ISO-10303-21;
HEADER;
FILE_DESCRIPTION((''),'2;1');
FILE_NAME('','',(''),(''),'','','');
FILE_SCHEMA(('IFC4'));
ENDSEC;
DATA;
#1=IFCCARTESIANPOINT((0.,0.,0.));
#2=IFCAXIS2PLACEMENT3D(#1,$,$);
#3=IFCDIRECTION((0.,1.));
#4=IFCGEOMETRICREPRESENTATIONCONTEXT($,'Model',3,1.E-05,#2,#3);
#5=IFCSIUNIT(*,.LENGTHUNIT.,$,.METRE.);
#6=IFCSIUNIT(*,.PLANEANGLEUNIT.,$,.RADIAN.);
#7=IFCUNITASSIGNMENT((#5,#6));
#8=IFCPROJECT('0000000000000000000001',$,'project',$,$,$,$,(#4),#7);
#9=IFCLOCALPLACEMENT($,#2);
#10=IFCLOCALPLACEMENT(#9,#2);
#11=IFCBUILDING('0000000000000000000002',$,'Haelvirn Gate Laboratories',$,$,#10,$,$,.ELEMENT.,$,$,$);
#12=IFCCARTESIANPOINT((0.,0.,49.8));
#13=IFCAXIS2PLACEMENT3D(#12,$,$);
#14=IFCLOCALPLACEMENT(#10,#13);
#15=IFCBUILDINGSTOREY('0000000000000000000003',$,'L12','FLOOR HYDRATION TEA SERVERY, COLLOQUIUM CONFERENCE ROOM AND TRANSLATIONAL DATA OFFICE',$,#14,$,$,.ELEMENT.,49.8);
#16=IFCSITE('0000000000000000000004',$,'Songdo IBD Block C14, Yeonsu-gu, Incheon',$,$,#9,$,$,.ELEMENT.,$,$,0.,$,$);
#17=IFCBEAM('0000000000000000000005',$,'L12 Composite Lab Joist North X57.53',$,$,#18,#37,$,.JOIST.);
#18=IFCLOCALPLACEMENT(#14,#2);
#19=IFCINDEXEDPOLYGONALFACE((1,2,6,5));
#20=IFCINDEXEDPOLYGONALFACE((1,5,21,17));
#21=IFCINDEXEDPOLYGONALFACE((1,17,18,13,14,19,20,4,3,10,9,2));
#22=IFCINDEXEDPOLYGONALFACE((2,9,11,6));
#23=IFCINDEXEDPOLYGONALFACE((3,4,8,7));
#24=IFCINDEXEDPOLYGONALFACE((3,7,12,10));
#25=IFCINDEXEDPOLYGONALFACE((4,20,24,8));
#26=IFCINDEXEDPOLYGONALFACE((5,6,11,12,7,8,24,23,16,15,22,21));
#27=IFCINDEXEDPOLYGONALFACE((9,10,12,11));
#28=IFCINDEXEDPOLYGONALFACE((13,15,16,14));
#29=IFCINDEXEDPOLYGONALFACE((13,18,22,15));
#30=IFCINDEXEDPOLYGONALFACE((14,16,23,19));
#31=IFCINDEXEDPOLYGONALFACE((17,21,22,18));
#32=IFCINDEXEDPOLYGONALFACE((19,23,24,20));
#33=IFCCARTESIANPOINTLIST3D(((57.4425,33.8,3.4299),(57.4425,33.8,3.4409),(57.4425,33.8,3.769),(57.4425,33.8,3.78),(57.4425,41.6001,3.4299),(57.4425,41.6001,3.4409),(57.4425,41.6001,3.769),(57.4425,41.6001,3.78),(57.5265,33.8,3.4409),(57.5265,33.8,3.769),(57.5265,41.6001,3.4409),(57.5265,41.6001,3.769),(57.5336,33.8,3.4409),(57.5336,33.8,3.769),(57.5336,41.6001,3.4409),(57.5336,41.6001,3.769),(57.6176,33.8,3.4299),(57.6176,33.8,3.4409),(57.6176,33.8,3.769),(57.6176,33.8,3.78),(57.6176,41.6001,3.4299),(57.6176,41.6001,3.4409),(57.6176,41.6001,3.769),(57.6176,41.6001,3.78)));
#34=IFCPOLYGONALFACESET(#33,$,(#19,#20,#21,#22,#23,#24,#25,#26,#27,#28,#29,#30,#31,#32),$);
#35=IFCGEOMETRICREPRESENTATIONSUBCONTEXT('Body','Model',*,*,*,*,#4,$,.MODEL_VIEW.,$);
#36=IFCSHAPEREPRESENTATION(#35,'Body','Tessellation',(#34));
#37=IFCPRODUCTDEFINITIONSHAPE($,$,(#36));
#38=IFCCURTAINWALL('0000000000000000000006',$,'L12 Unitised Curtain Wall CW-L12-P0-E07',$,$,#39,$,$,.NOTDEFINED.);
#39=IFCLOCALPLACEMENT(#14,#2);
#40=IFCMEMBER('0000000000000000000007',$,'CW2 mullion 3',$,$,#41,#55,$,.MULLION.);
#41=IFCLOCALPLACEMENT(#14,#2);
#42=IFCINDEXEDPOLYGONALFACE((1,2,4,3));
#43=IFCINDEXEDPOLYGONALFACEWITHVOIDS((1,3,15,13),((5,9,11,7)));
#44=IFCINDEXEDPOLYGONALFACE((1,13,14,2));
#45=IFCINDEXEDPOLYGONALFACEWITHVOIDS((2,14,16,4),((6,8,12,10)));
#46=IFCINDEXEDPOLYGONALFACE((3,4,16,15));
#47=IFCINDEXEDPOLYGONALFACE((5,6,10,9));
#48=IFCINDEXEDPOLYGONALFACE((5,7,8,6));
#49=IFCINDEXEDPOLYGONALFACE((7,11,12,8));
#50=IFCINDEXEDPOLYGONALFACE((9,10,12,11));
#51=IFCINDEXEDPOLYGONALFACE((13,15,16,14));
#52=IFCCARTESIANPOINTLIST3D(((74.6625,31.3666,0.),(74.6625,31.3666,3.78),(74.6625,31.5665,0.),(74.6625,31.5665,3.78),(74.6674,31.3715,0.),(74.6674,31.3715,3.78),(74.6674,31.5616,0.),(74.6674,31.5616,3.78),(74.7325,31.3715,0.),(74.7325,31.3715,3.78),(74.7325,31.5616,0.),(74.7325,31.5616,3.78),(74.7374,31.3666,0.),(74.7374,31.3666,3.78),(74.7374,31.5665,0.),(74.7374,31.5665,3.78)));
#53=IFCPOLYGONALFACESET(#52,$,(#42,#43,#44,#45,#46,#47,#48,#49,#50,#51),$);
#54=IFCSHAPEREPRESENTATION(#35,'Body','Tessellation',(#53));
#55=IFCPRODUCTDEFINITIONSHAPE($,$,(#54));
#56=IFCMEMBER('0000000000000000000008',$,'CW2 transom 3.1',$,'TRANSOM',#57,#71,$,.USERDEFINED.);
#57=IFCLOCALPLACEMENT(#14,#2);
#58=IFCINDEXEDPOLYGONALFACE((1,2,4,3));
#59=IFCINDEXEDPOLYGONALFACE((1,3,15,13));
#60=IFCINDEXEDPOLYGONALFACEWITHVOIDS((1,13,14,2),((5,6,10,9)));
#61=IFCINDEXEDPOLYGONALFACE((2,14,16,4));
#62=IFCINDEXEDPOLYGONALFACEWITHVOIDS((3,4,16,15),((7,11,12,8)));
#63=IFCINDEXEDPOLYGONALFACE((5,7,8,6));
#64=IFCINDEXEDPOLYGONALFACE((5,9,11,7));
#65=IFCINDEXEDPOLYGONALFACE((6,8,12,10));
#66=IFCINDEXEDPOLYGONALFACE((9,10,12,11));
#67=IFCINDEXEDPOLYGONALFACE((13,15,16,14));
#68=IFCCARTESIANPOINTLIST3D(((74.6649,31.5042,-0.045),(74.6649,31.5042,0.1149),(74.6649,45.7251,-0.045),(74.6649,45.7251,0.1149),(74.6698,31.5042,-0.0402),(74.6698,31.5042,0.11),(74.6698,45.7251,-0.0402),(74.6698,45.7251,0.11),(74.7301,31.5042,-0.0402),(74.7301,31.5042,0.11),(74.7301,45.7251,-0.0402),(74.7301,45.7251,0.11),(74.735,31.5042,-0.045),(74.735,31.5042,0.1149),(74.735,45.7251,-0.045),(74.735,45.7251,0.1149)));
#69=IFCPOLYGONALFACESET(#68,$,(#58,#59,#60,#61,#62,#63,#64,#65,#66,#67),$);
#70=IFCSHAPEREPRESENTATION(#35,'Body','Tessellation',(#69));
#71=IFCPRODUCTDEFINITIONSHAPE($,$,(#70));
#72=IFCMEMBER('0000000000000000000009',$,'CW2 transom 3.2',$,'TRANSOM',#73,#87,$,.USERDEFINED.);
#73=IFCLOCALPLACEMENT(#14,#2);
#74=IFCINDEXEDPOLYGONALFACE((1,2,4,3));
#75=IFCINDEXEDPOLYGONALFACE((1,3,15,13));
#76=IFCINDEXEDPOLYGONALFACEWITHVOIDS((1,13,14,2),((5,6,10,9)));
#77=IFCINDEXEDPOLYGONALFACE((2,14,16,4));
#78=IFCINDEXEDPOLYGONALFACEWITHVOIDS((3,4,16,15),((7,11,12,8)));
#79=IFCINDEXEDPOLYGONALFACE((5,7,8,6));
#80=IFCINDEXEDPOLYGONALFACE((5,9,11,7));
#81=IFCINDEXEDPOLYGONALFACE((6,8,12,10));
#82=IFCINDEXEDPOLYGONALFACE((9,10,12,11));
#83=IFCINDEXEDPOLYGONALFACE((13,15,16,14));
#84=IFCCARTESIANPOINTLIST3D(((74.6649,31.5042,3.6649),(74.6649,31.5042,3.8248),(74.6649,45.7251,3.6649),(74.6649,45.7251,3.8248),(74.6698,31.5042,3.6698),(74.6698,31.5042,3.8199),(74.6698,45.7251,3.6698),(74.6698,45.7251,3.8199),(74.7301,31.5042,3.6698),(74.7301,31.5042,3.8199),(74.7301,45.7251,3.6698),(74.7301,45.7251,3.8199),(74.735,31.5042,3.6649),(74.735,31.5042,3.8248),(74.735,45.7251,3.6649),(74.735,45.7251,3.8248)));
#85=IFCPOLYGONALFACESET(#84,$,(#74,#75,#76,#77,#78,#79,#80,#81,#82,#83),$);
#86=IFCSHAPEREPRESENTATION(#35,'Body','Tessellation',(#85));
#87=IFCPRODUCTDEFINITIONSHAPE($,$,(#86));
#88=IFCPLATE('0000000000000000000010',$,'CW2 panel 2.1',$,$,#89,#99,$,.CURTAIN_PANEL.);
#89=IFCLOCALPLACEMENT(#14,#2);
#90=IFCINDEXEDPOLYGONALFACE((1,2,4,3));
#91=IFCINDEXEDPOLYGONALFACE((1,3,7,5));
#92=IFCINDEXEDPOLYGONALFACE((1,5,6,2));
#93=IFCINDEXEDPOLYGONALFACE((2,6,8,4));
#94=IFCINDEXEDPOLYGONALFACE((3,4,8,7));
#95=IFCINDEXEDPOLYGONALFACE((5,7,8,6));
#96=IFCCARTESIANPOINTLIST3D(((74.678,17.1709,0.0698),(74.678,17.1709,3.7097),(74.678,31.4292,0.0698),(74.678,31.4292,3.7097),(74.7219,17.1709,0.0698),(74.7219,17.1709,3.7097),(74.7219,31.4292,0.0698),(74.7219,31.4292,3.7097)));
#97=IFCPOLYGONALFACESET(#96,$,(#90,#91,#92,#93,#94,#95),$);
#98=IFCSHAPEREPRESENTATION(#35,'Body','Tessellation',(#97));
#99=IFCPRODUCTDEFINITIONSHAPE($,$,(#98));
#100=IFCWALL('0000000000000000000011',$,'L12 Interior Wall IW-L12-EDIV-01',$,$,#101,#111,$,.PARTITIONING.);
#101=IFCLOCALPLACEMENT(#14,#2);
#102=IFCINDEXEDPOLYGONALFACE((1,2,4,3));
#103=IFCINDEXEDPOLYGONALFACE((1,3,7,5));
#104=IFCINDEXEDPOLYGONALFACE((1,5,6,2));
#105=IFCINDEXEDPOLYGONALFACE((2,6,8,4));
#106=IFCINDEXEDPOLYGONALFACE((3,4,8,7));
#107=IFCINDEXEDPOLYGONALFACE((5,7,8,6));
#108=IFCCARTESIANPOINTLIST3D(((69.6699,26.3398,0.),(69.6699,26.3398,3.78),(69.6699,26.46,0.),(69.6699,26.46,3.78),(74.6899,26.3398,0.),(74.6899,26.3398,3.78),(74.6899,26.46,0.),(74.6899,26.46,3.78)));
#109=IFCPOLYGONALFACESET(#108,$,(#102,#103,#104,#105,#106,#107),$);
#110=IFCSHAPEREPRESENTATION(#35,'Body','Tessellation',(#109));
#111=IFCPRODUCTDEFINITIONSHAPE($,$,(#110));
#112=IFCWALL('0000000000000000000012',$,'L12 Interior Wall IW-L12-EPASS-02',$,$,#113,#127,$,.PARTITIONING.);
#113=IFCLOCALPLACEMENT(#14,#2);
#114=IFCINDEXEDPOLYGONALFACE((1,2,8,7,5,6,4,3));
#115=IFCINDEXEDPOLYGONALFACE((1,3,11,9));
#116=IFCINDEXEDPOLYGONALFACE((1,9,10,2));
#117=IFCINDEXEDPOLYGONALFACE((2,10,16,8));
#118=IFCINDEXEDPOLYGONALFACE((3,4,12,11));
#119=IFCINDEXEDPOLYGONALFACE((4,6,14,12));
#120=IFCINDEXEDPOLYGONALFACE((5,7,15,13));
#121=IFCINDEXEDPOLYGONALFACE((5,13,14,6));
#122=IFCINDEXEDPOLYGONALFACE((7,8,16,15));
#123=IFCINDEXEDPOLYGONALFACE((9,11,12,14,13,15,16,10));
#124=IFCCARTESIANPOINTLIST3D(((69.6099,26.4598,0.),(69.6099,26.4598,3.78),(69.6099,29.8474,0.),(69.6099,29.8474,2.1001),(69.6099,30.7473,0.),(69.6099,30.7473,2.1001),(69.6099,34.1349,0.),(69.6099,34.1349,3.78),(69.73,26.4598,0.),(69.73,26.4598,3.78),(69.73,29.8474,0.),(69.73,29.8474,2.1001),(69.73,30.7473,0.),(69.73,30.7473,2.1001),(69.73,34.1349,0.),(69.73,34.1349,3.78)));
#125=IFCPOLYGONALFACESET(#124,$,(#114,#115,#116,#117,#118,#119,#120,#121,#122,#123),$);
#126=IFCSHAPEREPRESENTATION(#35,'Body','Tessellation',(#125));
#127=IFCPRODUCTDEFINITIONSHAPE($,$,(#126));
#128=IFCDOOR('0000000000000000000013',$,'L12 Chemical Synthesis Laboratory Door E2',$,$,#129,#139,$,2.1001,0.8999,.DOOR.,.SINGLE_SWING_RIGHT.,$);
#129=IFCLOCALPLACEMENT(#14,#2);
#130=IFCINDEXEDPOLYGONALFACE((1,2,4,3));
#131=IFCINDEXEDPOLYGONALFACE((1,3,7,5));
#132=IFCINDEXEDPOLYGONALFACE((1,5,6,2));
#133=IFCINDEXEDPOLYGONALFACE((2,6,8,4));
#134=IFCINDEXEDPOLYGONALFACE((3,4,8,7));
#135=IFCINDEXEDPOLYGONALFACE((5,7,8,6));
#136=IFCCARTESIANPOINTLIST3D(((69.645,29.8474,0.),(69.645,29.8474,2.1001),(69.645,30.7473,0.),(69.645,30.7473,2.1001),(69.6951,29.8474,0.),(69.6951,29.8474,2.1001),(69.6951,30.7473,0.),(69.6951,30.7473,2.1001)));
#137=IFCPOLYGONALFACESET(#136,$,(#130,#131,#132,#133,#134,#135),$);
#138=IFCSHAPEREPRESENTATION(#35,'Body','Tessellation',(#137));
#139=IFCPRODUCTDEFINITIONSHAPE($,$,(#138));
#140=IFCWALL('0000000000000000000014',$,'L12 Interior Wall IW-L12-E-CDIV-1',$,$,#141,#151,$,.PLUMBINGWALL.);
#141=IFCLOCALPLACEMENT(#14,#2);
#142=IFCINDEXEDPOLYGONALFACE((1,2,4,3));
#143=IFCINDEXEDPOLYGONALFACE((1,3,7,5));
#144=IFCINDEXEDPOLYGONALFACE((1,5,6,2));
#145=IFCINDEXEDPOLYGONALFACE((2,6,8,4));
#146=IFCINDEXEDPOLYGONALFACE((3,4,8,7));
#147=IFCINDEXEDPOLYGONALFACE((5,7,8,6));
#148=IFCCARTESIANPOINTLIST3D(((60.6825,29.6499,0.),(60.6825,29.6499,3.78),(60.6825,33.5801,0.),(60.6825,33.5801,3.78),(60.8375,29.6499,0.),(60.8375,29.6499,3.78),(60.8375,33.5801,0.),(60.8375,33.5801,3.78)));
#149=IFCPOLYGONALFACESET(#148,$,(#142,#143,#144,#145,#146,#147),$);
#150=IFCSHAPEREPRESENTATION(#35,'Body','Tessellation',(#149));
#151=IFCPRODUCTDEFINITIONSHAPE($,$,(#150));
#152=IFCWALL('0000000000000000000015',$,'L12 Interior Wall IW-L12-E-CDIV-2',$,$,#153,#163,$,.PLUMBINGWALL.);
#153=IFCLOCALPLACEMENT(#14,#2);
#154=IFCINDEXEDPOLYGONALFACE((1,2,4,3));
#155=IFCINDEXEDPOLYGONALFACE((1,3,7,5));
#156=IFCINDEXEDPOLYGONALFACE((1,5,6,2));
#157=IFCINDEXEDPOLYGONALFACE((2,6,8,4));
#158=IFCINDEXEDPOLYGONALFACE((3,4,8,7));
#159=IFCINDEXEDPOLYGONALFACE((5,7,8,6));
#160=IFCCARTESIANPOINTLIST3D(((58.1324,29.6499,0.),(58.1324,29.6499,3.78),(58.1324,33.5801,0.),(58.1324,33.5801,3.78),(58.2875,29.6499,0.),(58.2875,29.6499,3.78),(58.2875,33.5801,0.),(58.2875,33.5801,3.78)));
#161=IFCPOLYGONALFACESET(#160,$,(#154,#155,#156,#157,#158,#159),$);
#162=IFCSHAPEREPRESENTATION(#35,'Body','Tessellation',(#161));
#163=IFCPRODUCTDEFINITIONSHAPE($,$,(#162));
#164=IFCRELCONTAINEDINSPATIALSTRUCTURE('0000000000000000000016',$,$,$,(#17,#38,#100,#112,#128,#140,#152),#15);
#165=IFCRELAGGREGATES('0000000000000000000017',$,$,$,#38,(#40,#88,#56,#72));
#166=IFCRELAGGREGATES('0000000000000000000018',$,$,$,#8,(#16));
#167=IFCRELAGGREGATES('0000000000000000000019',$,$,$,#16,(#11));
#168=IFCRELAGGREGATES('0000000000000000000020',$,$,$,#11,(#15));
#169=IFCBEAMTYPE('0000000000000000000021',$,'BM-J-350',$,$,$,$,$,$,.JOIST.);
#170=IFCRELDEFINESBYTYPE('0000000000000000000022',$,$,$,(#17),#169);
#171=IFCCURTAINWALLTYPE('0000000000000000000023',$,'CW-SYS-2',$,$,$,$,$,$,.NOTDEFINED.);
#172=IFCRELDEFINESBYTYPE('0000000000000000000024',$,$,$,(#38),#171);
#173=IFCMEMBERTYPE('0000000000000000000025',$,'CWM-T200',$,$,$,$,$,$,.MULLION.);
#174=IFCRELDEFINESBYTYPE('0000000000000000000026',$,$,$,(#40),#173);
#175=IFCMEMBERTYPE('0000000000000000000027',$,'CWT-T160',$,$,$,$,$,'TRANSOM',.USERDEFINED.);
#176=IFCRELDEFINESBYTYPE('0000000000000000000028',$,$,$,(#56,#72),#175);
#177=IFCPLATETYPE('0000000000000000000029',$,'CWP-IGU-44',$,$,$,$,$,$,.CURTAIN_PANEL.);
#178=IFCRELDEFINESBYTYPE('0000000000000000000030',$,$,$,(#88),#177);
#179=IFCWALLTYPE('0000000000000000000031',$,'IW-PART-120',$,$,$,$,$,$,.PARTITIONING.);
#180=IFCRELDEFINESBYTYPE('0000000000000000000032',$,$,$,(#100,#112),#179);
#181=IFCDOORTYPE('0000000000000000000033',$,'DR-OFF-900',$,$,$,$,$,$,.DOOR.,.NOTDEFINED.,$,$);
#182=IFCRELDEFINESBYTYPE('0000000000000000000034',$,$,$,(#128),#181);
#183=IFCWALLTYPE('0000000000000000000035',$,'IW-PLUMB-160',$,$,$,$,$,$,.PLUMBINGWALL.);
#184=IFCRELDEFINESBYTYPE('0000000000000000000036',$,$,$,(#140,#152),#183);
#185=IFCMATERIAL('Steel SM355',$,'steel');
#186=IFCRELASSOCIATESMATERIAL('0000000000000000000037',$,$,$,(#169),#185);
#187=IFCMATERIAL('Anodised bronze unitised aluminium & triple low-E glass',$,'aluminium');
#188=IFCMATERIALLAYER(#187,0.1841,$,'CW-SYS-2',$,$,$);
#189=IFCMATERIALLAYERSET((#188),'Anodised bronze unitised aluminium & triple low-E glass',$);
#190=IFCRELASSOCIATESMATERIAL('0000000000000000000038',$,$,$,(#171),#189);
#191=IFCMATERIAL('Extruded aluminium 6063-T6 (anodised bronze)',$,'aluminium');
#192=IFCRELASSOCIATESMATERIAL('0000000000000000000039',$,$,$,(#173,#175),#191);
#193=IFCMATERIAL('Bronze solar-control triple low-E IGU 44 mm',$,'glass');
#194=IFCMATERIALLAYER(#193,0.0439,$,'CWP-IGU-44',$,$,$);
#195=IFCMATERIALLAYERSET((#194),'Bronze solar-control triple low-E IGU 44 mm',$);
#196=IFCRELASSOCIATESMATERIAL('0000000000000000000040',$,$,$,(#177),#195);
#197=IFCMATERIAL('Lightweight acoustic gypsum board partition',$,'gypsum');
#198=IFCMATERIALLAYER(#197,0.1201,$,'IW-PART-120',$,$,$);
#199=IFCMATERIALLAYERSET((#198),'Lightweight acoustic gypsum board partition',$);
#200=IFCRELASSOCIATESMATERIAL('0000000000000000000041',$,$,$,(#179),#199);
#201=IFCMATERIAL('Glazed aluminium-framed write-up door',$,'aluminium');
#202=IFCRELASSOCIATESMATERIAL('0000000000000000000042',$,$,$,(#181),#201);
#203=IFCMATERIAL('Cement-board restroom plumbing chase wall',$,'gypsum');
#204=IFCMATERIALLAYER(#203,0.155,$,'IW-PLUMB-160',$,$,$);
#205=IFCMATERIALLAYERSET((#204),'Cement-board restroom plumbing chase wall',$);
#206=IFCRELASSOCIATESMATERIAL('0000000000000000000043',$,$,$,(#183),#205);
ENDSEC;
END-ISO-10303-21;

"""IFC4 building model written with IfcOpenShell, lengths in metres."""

from ifc_helpers import new_model, si_unit, direction, frame, frame_2d, origin, origin_2d, place, context, subcontext, project, spatial, rectangle, hollow_rectangle, i_section, extrude, source, transform, mapped, material, layer, layer_set, material_profile, profile_set, type_object, type_shapes, element, fill, aggregate, save


model = new_model("IFC4")

# Units and contexts
model_context = context("Model", 3, precision=1e-05, world=origin(), true_north=direction((0.0, 1.0)))
body_context = subcontext(model_context, "Body", "Model", "MODEL_VIEW")
ifc_project = project(units=[si_unit("LENGTHUNIT", "METRE"), si_unit("PLANEANGLEUNIT", "RADIAN")], contexts=[model_context])

# Site, building, storey
site_placement = place(None, origin())
site = spatial("IfcSite", under=ifc_project, at=site_placement, Name="Songdo IBD Block C14, Yeonsu-gu, Incheon", CompositionType="ELEMENT", RefElevation=0.0)
building_placement = place(site_placement, origin())
building = spatial("IfcBuilding", under=site, at=building_placement, Name="Haelvirn Gate Laboratories", CompositionType="ELEMENT")
storey_placement = place(building_placement, frame((0.0, 0.0, 49.8)))
storey = spatial("IfcBuildingStorey", under=building, at=storey_placement, Name="L12", Description="FLOOR HYDRATION TEA SERVERY, COLLOQUIUM CONFERENCE ROOM AND TRANSLATIONAL DATA OFFICE", CompositionType="ELEMENT", Elevation=49.8)

# Beam
ifc_material_1 = material(Name="Steel SM355", Category="steel")
ifc_material_profile_1 = material_profile(ifc_material_1, i_section(OverallWidth=0.175, OverallDepth=0.3501, WebThickness=0.0071, FlangeThickness=0.011, at=origin_2d()), Name="H-350x175x7x11")
ifc_profile_set_1 = profile_set([ifc_material_profile_1], Name="Steel SM355")
beam_type = type_object("IfcBeamType", Name="BM-J-350", PredefinedType="JOIST", material=ifc_profile_set_1)
shared_shape_1 = source(origin(), body_context, "Body", "SweptSolid", [
    extrude(i_section(OverallWidth=0.175, OverallDepth=0.3501, WebThickness=0.0071, FlangeThickness=0.011, at=origin_2d()), origin(), (0.0, 0.0, 1.0), 7.8),
])
type_shapes(beam_type, [shared_shape_1])
beam_placement = place(storey_placement, frame((57.53, 33.8, 3.605), z_axis=(0.0, 1.0, 0.0), x_axis=(-1.0, 0.0, 0.0)))
element("IfcBeam", 1, at=beam_placement, inside=storey, type_object=beam_type, Name="L12 Composite Lab Joist North X57.53", PredefinedType="JOIST", context=body_context, shape_type="MappedRepresentation", body=[
    mapped(shared_shape_1, transform((0.0, 0.0, 0.0), scale=1.0)),
])

# Curtain wall, members, plate
ifc_material_2 = material(Name="Anodised bronze unitised aluminium & triple low-E glass", Category="aluminium")
ifc_layer_1 = layer(ifc_material_2, 0.1841, Name="CW-SYS-2")
ifc_layer_set_1 = layer_set([ifc_layer_1], Name="Anodised bronze unitised aluminium & triple low-E glass")
curtain_wall_type = type_object("IfcCurtainWallType", Name="CW-SYS-2", PredefinedType="NOTDEFINED", material=ifc_layer_set_1)
curtain_wall_placement = place(storey_placement, origin())
curtain_wall = element("IfcCurtainWall", 2, at=curtain_wall_placement, inside=storey, type_object=curtain_wall_type, Name="L12 Unitised Curtain Wall CW-L12-P0-E07", PredefinedType="NOTDEFINED")
ifc_material_3 = material(Name="Extruded aluminium 6063-T6 (anodised bronze)", Category="aluminium")
ifc_material_profile_2 = material_profile(ifc_material_3, hollow_rectangle(XDim=0.075, YDim=0.2, WallThickness=0.0049, at=origin_2d()), Name="CWM-200x75x5")
ifc_profile_set_2 = profile_set([ifc_material_profile_2], Name="Extruded aluminium 6063-T6 (anodised bronze)")
member_type_1 = type_object("IfcMemberType", Name="CWM-T200", PredefinedType="MULLION", material=ifc_profile_set_2)
shared_shape_2 = source(origin(), body_context, "Body", "SweptSolid", [
    extrude(hollow_rectangle(XDim=0.075, YDim=0.2, WallThickness=0.0049, at=origin_2d()), origin(), (0.0, 0.0, 1.0), 3.78),
])
type_shapes(member_type_1, [shared_shape_2])
member_1_placement = place(storey_placement, frame((74.7, 31.4666, 0.0), z_axis=(0.0, 0.0, 1.0), x_axis=(-1.0, 0.0, 0.0)))
member_1 = element("IfcMember", 3, at=member_1_placement, type_object=member_type_1, Name="CW2 mullion 3", PredefinedType="MULLION", context=body_context, shape_type="MappedRepresentation", body=[
    mapped(shared_shape_2, transform((0.0, 0.0, 0.0), scale=1.0)),
])
ifc_material_profile_3 = material_profile(ifc_material_3, hollow_rectangle(XDim=0.0701, YDim=0.1599, WallThickness=0.0049, at=origin_2d()), Name="CWT-160x70x5")
ifc_profile_set_3 = profile_set([ifc_material_profile_3], Name="Extruded aluminium 6063-T6 (anodised bronze)")
member_type_2 = type_object("IfcMemberType", Name="CWT-T160", ElementType="TRANSOM", PredefinedType="USERDEFINED", material=ifc_profile_set_3)
shared_shape_3 = source(origin(), body_context, "Body", "SweptSolid", [
    extrude(hollow_rectangle(XDim=0.0701, YDim=0.1599, WallThickness=0.0049, at=origin_2d()), origin(), (0.0, 0.0, 1.0), 14.2209),
])
type_shapes(member_type_2, [shared_shape_3])
member_2_placement = place(storey_placement, frame((74.7, 31.5042, 0.0349), z_axis=(0.0, 1.0, 0.0), x_axis=(-1.0, 0.0, 0.0)))
member_2 = element("IfcMember", 4, at=member_2_placement, type_object=member_type_2, Name="CW2 transom 3.1", ObjectType="TRANSOM", PredefinedType="USERDEFINED", context=body_context, shape_type="MappedRepresentation", body=[
    mapped(shared_shape_3, transform((0.0, 0.0, 0.0), scale=1.0)),
])
member_3_placement = place(storey_placement, frame((74.7, 31.5042, 3.7449), z_axis=(0.0, 1.0, 0.0), x_axis=(-1.0, 0.0, 0.0)))
member_3 = element("IfcMember", 5, at=member_3_placement, type_object=member_type_2, Name="CW2 transom 3.2", ObjectType="TRANSOM", PredefinedType="USERDEFINED", context=body_context, shape_type="MappedRepresentation", body=[
    mapped(shared_shape_3, transform((0.0, 0.0, 0.0), scale=1.0)),
])
ifc_material_4 = material(Name="Bronze solar-control triple low-E IGU 44 mm", Category="glass")
ifc_layer_2 = layer(ifc_material_4, 0.0439, Name="CWP-IGU-44")
ifc_layer_set_2 = layer_set([ifc_layer_2], Name="Bronze solar-control triple low-E IGU 44 mm")
plate_type = type_object("IfcPlateType", Name="CWP-IGU-44", PredefinedType="CURTAIN_PANEL", material=ifc_layer_set_2)
shared_shape_4 = source(origin(), body_context, "Body", "SweptSolid", [
    extrude(rectangle(XDim=14.2583, YDim=0.0439, at=origin_2d()), origin(), (0.0, 0.0, 1.0), 3.6399),
])
type_shapes(plate_type, [shared_shape_4])
plate_placement = place(storey_placement, frame((74.7, 24.3, 0.0698), z_axis=(0.0, 0.0, 1.0), x_axis=(0.0, 1.0, 0.0)))
plate = element("IfcPlate", 6, at=plate_placement, type_object=plate_type, Name="CW2 panel 2.1", PredefinedType="CURTAIN_PANEL", context=body_context, shape_type="MappedRepresentation", body=[
    mapped(shared_shape_4, transform((0.0, 0.0, 0.0), scale=1.0)),
])
aggregate(curtain_wall, [member_1, plate, member_2, member_3])

# Wall
ifc_material_5 = material(Name="Lightweight acoustic gypsum board partition", Category="gypsum")
ifc_layer_3 = layer(ifc_material_5, 0.1201, Name="IW-PART-120")
ifc_layer_set_3 = layer_set([ifc_layer_3], Name="Lightweight acoustic gypsum board partition")
wall_type_1 = type_object("IfcWallType", Name="IW-PART-120", PredefinedType="PARTITIONING", material=ifc_layer_set_3)
wall_1_placement = place(storey_placement, frame((69.6699, 26.3999, 0.0), z_axis=(0.0, 0.0, 1.0), x_axis=(1.0, 0.0, 0.0)))
element("IfcWall", 7, at=wall_1_placement, inside=storey, type_object=wall_type_1, Name="L12 Interior Wall IW-L12-EDIV-01", PredefinedType="PARTITIONING", context=body_context, shape_type="SweptSolid", body=[
    extrude(rectangle(XDim=5.02, YDim=0.1201, at=frame_2d((2.51, 0.0))), origin(), (0.0, 0.0, 1.0), 3.78),
])

# Wall, opening, door
wall_2_placement = place(storey_placement, frame((69.6699, 26.46, 0.0), z_axis=(0.0, 0.0, 1.0), x_axis=(0.0, 1.0, 0.0)))
wall_2 = element("IfcWall", 8, at=wall_2_placement, inside=storey, type_object=wall_type_1, Name="L12 Interior Wall IW-L12-EPASS-02", PredefinedType="PARTITIONING", context=body_context, shape_type="SweptSolid", body=[
    extrude(rectangle(XDim=7.675, YDim=0.1201, at=frame_2d((3.8374, 0.0))), origin(), (0.0, 0.0, 1.0), 3.78),
])
opening_1_placement = place(wall_2_placement, frame((3.3875, 0.0, 0.0)))
opening_1 = element("IfcOpeningElement", 9, at=opening_1_placement, cuts=wall_2, PredefinedType="OPENING", context=body_context, shape_type="SweptSolid", body=[
    extrude(rectangle(XDim=0.8999, YDim=2.1001, at=frame_2d((0.45, 1.05))), frame((0.0, 0.0701, 0.0), z_axis=(0.0, -1.0, 0.0), x_axis=(1.0, 0.0, 0.0)), (0.0, 0.0, 1.0), 0.1401),
])
ifc_material_6 = material(Name="Glazed aluminium-framed write-up door", Category="aluminium")
door_type_1 = type_object("IfcDoorType", Name="DR-OFF-900", OperationType="NOTDEFINED", PredefinedType="DOOR", material=ifc_material_6)
shared_shape_5 = source(origin(), body_context, "Body", "SweptSolid", [
    extrude(rectangle(XDim=0.8999, YDim=2.1001, at=frame_2d((0.45, 1.05))), frame((0.0, 0.0249, 0.0), z_axis=(0.0, -1.0, 0.0), x_axis=(1.0, 0.0, 0.0)), (0.0, 0.0, 1.0), 0.05),
])
type_shapes(door_type_1, [shared_shape_5])
door_1_placement = place(opening_1_placement, origin())
door_1 = element("IfcDoor", 10, at=door_1_placement, inside=storey, type_object=door_type_1, Name="L12 Chemical Synthesis Laboratory Door E2", OperationType="SINGLE_SWING_RIGHT", OverallHeight=2.1001, OverallWidth=0.8999, PredefinedType="DOOR", context=body_context, shape_type="MappedRepresentation", body=[
    mapped(shared_shape_5, transform((0.0, 0.0, 0.0), scale=1.0)),
])
fill(opening_1, door_1)

# Walls
ifc_material_7 = material(Name="Cement-board restroom plumbing chase wall", Category="gypsum")
ifc_layer_4 = layer(ifc_material_7, 0.155, Name="IW-PLUMB-160")
ifc_layer_set_4 = layer_set([ifc_layer_4], Name="Cement-board restroom plumbing chase wall")
wall_type_2 = type_object("IfcWallType", Name="IW-PLUMB-160", PredefinedType="PLUMBINGWALL", material=ifc_layer_set_4)
for number, where, z_axis, x_axis, name in (
    (11, (60.76, 29.6499, 0.0), (0.0, 0.0, 1.0), (0.0, 1.0, 0.0), "L12 Interior Wall IW-L12-E-CDIV-1"),
    (12, (58.21, 29.6499, 0.0), (0.0, 0.0, 1.0), (0.0, 1.0, 0.0), "L12 Interior Wall IW-L12-E-CDIV-2"),
):
    element("IfcWall", number, at=place(storey_placement, frame(where, z_axis=z_axis, x_axis=x_axis)), inside=storey, type_object=wall_type_2, Name=name, PredefinedType="PLUMBINGWALL", context=body_context, shape_type="SweptSolid", body=[
        extrude(rectangle(XDim=3.9302, YDim=0.155, at=frame_2d((1.9651, 0.0))), origin(), (0.0, 0.0, 1.0), 3.78),
    ])

save(model, "model.ifc")
